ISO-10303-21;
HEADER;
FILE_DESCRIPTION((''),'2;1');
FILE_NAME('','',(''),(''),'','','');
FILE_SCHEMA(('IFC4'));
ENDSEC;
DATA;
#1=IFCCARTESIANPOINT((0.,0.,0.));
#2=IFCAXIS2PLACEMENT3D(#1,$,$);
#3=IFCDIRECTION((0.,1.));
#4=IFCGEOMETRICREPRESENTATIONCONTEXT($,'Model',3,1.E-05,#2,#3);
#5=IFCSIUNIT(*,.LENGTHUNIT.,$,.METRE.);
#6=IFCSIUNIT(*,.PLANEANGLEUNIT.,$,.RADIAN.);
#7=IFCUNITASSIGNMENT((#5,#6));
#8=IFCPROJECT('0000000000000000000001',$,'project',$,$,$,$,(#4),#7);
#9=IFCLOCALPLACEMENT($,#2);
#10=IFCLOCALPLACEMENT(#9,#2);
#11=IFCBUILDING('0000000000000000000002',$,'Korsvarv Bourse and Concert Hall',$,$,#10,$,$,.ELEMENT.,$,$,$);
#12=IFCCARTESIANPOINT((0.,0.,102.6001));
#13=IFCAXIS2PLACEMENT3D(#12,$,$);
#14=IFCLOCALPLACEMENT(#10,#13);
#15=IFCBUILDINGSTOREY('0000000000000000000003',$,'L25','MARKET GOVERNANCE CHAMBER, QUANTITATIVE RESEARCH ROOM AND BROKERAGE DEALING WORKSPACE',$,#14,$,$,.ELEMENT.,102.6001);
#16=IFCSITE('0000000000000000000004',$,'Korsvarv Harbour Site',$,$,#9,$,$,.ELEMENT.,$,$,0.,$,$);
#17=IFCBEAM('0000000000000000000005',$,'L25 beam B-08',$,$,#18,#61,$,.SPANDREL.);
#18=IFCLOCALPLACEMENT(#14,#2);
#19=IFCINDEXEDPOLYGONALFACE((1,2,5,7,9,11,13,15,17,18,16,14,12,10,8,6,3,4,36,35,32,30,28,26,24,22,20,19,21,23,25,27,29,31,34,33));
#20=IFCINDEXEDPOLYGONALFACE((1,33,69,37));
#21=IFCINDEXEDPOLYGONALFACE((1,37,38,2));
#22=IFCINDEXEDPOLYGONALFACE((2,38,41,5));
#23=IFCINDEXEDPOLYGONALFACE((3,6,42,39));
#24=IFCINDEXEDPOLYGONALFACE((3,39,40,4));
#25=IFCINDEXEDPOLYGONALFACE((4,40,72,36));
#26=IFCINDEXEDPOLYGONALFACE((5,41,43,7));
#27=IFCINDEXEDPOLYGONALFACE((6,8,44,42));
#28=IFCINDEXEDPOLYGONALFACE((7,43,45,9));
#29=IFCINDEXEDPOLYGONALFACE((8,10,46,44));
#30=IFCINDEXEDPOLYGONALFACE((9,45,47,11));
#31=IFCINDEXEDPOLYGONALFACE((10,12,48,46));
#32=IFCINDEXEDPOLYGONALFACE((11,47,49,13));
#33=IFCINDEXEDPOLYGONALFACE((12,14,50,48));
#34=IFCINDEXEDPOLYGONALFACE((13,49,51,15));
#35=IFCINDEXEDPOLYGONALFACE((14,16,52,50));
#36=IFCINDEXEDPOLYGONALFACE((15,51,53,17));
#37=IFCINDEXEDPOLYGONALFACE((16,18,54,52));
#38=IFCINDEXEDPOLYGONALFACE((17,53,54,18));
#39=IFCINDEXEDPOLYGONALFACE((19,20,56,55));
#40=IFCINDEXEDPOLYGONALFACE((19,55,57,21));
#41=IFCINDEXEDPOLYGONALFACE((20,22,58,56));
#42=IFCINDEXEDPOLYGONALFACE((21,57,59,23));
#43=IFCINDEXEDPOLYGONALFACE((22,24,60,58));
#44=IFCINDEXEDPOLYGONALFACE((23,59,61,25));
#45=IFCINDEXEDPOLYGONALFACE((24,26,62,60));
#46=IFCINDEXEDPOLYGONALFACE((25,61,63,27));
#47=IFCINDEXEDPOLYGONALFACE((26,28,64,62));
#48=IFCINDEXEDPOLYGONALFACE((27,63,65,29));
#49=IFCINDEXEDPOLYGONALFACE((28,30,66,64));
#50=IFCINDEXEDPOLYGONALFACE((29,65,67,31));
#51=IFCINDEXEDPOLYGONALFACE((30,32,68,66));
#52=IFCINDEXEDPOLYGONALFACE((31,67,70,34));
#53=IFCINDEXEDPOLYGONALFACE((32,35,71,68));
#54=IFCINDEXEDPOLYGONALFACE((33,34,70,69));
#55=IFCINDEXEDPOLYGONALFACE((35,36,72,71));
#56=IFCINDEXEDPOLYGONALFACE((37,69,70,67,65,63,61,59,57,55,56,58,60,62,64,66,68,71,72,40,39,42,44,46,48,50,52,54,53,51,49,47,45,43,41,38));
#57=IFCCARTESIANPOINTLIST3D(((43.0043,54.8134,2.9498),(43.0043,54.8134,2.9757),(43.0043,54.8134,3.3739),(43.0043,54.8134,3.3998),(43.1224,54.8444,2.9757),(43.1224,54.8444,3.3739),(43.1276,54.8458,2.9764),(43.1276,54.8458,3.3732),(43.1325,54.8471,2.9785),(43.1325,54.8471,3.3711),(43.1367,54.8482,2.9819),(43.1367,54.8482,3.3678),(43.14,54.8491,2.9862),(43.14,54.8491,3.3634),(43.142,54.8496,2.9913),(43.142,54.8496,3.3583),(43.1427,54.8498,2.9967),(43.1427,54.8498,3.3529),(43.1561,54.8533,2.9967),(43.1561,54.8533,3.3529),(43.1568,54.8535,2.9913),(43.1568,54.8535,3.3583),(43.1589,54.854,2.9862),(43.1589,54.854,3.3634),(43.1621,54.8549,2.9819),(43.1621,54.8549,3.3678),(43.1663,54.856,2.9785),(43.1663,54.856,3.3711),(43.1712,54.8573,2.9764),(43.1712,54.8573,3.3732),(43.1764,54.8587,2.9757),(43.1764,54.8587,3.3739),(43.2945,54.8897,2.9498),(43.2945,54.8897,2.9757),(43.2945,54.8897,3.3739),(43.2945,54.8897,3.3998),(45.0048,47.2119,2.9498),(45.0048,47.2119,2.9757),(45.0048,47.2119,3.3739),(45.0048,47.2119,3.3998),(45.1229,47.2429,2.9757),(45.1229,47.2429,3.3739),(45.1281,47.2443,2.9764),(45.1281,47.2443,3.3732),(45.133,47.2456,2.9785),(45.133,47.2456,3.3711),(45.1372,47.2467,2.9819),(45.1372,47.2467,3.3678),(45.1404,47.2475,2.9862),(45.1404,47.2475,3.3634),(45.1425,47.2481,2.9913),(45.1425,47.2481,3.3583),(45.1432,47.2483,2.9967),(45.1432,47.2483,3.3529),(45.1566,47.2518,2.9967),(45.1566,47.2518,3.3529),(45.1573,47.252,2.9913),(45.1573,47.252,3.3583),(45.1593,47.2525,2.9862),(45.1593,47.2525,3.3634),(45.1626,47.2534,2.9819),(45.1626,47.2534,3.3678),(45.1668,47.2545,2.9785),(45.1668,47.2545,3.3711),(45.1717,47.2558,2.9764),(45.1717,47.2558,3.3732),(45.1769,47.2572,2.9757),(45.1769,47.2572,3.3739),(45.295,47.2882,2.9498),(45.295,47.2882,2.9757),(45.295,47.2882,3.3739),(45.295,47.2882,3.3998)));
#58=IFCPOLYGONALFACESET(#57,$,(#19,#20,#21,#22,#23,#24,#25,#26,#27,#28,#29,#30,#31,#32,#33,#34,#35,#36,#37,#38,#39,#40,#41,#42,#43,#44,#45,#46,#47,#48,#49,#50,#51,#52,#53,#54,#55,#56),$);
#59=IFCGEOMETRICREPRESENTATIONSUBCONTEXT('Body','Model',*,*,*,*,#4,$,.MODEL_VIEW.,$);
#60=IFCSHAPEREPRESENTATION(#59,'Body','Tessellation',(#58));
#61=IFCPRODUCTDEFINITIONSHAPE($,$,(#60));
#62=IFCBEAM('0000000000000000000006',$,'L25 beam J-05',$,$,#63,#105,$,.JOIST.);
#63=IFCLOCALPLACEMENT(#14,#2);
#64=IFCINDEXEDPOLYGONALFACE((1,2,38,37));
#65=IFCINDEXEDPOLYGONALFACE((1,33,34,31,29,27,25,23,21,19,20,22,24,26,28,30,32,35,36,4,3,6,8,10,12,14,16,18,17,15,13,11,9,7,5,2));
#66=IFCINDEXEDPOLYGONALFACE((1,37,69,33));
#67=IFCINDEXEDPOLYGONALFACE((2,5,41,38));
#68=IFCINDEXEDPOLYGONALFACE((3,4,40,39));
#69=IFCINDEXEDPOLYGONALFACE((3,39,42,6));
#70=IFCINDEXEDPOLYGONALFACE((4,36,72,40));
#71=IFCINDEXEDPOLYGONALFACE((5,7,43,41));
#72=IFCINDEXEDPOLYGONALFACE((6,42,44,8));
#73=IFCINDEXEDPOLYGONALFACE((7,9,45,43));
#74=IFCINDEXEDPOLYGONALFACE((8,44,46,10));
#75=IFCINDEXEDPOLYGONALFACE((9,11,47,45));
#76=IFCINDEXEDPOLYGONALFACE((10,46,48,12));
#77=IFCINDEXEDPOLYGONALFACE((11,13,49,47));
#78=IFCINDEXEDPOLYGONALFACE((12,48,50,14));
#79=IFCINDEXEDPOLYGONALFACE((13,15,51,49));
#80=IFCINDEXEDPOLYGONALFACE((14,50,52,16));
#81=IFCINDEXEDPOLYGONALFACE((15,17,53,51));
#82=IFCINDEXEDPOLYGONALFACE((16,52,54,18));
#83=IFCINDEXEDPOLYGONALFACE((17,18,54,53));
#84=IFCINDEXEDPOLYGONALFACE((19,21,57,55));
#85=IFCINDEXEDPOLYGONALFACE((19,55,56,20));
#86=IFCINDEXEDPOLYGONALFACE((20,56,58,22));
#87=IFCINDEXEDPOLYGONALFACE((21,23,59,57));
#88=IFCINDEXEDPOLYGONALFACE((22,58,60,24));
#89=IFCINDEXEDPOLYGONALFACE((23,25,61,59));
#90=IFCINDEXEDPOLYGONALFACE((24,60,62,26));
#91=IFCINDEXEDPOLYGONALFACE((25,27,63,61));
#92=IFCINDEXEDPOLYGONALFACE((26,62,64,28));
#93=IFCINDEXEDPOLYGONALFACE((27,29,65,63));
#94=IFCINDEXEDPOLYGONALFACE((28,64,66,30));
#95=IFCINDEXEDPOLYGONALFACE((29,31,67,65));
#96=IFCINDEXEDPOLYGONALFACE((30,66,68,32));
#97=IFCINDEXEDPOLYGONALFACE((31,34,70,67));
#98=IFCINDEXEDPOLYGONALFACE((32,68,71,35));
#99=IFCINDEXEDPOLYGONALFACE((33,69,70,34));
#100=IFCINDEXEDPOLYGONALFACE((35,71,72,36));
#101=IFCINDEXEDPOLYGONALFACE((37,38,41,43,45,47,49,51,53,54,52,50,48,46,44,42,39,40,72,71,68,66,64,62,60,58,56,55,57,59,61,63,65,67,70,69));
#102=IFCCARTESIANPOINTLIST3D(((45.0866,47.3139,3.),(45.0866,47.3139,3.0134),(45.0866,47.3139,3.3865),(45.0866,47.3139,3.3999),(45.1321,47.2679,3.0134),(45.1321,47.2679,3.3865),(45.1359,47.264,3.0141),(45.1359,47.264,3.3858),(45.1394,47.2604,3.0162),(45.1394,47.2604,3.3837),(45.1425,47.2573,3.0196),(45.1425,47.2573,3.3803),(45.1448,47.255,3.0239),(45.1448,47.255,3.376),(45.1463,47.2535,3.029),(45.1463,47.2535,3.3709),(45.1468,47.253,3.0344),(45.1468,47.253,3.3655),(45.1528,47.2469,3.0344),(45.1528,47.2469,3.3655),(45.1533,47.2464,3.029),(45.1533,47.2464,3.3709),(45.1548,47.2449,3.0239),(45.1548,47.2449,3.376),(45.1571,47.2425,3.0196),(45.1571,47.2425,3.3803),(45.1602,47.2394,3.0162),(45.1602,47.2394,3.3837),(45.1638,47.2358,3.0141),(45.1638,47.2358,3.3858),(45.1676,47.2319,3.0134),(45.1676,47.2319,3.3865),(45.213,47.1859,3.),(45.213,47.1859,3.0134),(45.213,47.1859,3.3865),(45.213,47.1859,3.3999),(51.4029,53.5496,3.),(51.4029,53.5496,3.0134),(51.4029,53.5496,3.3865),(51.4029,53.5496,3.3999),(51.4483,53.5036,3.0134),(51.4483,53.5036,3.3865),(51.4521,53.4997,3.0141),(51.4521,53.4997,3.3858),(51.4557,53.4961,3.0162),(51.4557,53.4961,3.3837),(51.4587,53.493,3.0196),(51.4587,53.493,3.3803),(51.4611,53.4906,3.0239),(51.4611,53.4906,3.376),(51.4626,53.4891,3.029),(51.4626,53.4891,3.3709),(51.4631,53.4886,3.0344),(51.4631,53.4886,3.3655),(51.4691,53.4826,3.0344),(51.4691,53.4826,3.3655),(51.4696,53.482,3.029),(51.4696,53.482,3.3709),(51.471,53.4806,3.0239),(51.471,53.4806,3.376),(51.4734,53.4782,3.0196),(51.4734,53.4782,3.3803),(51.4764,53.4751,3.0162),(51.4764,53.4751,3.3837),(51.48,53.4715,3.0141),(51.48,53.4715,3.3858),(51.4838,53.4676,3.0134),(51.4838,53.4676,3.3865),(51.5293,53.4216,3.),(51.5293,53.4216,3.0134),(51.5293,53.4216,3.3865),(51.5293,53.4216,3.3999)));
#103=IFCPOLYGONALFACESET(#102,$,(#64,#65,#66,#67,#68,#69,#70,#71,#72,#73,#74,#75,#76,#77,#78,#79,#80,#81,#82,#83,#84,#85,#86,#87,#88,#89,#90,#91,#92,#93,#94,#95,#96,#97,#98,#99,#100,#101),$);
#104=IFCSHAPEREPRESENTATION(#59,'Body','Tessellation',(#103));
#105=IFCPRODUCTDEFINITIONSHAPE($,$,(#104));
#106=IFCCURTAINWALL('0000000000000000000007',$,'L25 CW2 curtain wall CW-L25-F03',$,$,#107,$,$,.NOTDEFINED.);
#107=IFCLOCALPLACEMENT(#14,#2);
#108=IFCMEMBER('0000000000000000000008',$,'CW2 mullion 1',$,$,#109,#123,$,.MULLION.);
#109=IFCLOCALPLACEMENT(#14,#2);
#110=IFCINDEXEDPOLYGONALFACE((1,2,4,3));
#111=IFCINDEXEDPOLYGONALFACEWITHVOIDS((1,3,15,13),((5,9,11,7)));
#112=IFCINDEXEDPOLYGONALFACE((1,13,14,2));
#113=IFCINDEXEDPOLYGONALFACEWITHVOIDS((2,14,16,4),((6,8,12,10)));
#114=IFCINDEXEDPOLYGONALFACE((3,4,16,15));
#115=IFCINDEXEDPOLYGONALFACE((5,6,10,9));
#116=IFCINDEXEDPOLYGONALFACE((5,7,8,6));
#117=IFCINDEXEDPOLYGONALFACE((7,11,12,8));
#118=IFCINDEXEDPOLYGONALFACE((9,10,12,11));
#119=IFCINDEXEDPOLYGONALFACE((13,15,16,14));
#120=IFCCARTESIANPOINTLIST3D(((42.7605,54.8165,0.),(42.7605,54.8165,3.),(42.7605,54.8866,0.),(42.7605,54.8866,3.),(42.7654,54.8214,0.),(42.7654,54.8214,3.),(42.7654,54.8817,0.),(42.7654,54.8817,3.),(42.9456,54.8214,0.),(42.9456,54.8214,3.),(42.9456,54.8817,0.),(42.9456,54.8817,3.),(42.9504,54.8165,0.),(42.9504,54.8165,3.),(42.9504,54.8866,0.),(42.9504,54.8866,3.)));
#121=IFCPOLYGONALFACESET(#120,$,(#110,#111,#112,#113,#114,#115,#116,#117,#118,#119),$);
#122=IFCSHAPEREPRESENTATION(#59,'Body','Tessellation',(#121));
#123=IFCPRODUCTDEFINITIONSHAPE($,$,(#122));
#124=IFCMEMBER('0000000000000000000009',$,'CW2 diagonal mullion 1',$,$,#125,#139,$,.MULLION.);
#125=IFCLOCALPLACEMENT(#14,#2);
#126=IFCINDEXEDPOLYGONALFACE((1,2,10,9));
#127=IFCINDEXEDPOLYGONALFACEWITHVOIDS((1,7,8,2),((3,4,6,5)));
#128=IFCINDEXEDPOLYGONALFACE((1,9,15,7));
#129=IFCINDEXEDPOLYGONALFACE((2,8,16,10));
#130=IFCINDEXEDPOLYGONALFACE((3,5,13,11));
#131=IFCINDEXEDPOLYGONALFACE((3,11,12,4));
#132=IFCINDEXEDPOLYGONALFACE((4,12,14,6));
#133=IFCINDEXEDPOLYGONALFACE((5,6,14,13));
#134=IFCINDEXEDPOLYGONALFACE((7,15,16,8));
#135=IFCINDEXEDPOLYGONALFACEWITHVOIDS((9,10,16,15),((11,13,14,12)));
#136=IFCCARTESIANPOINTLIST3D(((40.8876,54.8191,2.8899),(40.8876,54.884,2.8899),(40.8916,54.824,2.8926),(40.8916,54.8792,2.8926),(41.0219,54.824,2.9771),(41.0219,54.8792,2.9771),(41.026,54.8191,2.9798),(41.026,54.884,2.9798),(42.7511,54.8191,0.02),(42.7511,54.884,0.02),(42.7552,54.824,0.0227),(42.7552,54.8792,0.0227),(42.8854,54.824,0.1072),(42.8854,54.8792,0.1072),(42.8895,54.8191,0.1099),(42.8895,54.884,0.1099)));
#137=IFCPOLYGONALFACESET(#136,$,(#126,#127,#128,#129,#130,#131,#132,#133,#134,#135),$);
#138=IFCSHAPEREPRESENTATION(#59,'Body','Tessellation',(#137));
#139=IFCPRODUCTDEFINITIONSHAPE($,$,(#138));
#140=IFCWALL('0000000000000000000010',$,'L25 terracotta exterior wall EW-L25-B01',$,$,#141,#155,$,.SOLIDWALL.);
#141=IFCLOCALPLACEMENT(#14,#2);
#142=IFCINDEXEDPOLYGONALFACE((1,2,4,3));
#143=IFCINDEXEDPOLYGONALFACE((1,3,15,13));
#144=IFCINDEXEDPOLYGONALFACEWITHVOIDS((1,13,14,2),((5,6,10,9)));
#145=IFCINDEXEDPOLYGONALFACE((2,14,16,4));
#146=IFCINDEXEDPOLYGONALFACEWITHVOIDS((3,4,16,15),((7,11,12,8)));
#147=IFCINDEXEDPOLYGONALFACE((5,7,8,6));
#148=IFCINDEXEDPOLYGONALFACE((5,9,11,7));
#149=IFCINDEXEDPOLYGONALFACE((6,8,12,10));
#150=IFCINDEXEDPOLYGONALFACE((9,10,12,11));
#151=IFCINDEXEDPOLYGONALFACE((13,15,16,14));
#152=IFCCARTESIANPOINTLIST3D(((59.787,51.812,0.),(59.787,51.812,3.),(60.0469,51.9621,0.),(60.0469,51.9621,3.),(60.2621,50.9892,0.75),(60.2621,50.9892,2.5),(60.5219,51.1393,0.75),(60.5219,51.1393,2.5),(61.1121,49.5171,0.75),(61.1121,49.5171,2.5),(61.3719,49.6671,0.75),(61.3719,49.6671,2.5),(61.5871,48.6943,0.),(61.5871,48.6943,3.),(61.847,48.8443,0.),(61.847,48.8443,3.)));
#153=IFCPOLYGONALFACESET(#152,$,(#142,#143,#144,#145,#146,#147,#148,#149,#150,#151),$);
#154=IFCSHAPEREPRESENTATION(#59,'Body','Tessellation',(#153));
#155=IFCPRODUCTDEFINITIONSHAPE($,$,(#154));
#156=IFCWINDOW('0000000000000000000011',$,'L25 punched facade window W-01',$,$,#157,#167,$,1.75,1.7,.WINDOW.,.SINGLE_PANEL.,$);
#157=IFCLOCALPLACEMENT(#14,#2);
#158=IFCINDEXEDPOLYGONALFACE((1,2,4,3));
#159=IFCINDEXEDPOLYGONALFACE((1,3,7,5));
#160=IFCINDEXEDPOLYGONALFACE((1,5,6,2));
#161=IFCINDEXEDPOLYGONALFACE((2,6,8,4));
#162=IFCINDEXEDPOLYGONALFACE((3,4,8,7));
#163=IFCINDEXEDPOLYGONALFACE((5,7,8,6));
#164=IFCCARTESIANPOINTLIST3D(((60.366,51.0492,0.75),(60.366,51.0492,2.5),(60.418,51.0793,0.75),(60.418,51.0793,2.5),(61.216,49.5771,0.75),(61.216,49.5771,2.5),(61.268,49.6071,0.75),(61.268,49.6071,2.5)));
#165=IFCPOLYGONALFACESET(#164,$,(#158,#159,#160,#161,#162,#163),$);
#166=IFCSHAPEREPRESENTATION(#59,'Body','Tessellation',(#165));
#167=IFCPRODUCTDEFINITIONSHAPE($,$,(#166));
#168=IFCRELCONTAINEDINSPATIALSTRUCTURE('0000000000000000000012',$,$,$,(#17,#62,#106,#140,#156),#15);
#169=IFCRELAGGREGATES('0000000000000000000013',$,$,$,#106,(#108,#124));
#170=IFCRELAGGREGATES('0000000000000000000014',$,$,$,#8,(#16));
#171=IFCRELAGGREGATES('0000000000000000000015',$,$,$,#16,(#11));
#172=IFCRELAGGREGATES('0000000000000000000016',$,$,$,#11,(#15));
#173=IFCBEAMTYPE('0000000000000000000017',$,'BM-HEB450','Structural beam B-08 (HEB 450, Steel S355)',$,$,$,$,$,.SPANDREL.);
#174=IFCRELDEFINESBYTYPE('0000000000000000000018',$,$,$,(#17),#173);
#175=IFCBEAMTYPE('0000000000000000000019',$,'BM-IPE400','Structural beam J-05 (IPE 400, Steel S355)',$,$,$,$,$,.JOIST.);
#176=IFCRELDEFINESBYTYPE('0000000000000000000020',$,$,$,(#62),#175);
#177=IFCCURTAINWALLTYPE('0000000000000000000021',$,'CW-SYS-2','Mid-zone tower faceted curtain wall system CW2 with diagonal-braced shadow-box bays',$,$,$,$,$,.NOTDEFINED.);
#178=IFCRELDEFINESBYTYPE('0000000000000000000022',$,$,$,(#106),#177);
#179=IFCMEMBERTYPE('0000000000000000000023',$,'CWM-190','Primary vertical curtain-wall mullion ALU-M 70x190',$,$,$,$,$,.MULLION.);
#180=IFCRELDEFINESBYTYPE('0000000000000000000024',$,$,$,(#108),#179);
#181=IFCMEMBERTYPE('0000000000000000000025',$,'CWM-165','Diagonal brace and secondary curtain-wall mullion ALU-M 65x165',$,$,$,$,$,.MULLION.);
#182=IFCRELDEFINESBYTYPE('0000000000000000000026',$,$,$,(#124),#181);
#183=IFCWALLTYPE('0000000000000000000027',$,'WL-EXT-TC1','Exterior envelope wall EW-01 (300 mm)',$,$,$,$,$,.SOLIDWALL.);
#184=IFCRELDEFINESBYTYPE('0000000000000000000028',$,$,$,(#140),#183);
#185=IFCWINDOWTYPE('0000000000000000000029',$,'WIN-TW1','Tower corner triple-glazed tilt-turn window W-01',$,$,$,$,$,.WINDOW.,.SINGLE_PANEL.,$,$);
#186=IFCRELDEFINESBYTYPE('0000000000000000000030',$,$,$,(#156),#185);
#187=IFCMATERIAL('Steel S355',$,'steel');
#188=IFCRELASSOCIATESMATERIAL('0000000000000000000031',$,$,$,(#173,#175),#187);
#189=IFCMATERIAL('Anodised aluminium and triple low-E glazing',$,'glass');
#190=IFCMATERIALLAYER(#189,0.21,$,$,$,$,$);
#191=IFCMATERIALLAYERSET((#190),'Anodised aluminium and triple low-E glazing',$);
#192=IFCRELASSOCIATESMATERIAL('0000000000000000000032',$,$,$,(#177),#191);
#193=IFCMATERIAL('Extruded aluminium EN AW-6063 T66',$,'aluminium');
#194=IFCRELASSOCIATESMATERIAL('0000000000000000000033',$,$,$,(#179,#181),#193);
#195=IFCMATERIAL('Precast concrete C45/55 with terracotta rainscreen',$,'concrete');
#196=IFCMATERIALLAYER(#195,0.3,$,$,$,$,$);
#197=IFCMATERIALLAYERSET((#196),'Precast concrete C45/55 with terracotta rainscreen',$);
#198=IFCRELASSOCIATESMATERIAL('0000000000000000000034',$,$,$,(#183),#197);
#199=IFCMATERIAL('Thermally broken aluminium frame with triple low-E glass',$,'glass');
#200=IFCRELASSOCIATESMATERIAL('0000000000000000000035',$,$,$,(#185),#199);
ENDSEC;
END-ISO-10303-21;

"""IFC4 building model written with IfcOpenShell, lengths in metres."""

from ifc_helpers import new_model, si_unit, direction, frame, frame_2d, origin, origin_2d, place, context, subcontext, project, spatial, rectangle, hollow_rectangle, i_section, extrude, source, transform, mapped, material, layer, layer_set, material_profile, profile_set, type_object, element, fill, aggregate, save


model = new_model("IFC4")

# Units and contexts
model_context = context("Model", 3, precision=1e-05, world=origin(), true_north=direction((0.0, 1.0)))
body_context = subcontext(model_context, "Body", "Model", "MODEL_VIEW")
ifc_project = project(units=[si_unit("LENGTHUNIT", "METRE"), si_unit("PLANEANGLEUNIT", "RADIAN")], contexts=[model_context])

# Site, building, storey
site_placement = place(None, origin())
site = spatial("IfcSite", under=ifc_project, at=site_placement, Name="Korsvarv Harbour Site", CompositionType="ELEMENT", RefElevation=0.0)
building_placement = place(site_placement, origin())
building = spatial("IfcBuilding", under=site, at=building_placement, Name="Korsvarv Bourse and Concert Hall", CompositionType="ELEMENT")
storey_placement = place(building_placement, frame((0.0, 0.0, 102.6001)))
storey = spatial("IfcBuildingStorey", under=building, at=storey_placement, Name="L25", Description="MARKET GOVERNANCE CHAMBER, QUANTITATIVE RESEARCH ROOM AND BROKERAGE DEALING WORKSPACE", CompositionType="ELEMENT", Elevation=102.6001)

# Beams
ifc_material_1 = material(Name="Steel S355", Category="steel")
ifc_material_profile_1 = material_profile(ifc_material_1, i_section(OverallWidth=0.3, OverallDepth=0.45, WebThickness=0.0139, FlangeThickness=0.0259, FilletRadius=0.021, at=origin_2d()), Name="HEB 450")
ifc_profile_set_1 = profile_set([ifc_material_profile_1], Name="Steel S355")
beam_type_1 = type_object("IfcBeamType", Name="BM-HEB450", Description="Structural beam B-08 (HEB 450, Steel S355)", PredefinedType="SPANDREL", material=ifc_profile_set_1)
shared_shape_1 = source(origin(), body_context, "Body", "SweptSolid", [
    extrude(i_section(OverallWidth=0.3, OverallDepth=0.45, WebThickness=0.0139, FlangeThickness=0.0259, FilletRadius=0.021, at=origin_2d()), origin(), (0.0, 0.0, 1.0), 7.8604),
])
beam_1_placement = place(storey_placement, frame((43.1494, 54.8516, 3.1748), z_axis=(0.254502, -0.967072, 0.0), x_axis=(0.967072, 0.254502, 0.0)))
element("IfcBeam", 1, at=beam_1_placement, inside=storey, type_object=beam_type_1, Name="L25 beam B-08", PredefinedType="SPANDREL", context=body_context, shape_type="MappedRepresentation", body=[
    mapped(shared_shape_1, transform((0.0, 0.0, 0.0), scale=1.0)),
])
ifc_material_profile_2 = material_profile(ifc_material_1, i_section(OverallWidth=0.1799, OverallDepth=0.3999, WebThickness=0.0085, FlangeThickness=0.0134, FilletRadius=0.021, at=origin_2d()), Name="IPE 400")
ifc_profile_set_2 = profile_set([ifc_material_profile_2], Name="Steel S355")
beam_type_2 = type_object("IfcBeamType", Name="BM-IPE400", Description="Structural beam J-05 (IPE 400, Steel S355)", PredefinedType="JOIST", material=ifc_profile_set_2)
shared_shape_2 = source(origin(), body_context, "Body", "SweptSolid", [
    extrude(i_section(OverallWidth=0.1799, OverallDepth=0.3999, WebThickness=0.0085, FlangeThickness=0.0134, FilletRadius=0.021, at=origin_2d()), origin(), (0.0, 0.0, 1.0), 8.8757),
])
beam_2_placement = place(storey_placement, frame((51.4661, 53.4856, 3.2), z_axis=(-0.711631, -0.702554, 0.0), x_axis=(0.702554, -0.711631, 0.0)))
element("IfcBeam", 2, at=beam_2_placement, inside=storey, type_object=beam_type_2, Name="L25 beam J-05", PredefinedType="JOIST", context=body_context, shape_type="MappedRepresentation", body=[
    mapped(shared_shape_2, transform((0.0, 0.0, 0.0), scale=1.0)),
])

# Curtain wall, members
ifc_material_2 = material(Name="Anodised aluminium and triple low-E glazing", Category="glass")
ifc_layer_1 = layer(ifc_material_2, 0.21)
ifc_layer_set_1 = layer_set([ifc_layer_1], Name="Anodised aluminium and triple low-E glazing")
curtain_wall_type = type_object("IfcCurtainWallType", Name="CW-SYS-2", Description="Mid-zone tower faceted curtain wall system CW2 with diagonal-braced shadow-box bays", PredefinedType="NOTDEFINED", material=ifc_layer_set_1)
curtain_wall_placement = place(storey_placement, origin())
curtain_wall = element("IfcCurtainWall", 3, at=curtain_wall_placement, inside=storey, type_object=curtain_wall_type, Name="L25 CW2 curtain wall CW-L25-F03", PredefinedType="NOTDEFINED")
ifc_material_3 = material(Name="Extruded aluminium EN AW-6063 T66", Category="aluminium")
ifc_material_profile_3 = material_profile(ifc_material_3, hollow_rectangle(XDim=0.0701, YDim=0.1899, WallThickness=0.0049, at=origin_2d()), Name="ALU-M 70x190")
ifc_profile_set_3 = profile_set([ifc_material_profile_3], Name="Extruded aluminium EN AW-6063 T66")
member_type_1 = type_object("IfcMemberType", Name="CWM-190", Description="Primary vertical curtain-wall mullion ALU-M 70x190", PredefinedType="MULLION", material=ifc_profile_set_3)
shared_shape_3 = source(origin(), body_context, "Body", "SweptSolid", [
    extrude(hollow_rectangle(XDim=0.0701, YDim=0.1899, WallThickness=0.0049, at=origin_2d()), origin(), (0.0, 0.0, 1.0), 3.0),
])
member_1_placement = place(storey_placement, frame((42.8555, 54.8516, 0.0), z_axis=(0.0, 0.0, 1.0), x_axis=(0.0, -1.0, 0.0)))
member_1 = element("IfcMember", 4, at=member_1_placement, type_object=member_type_1, Name="CW2 mullion 1", PredefinedType="MULLION", context=body_context, shape_type="MappedRepresentation", body=[
    mapped(shared_shape_3, transform((0.0, 0.0, 0.0), scale=1.0)),
])
ifc_material_profile_4 = material_profile(ifc_material_3, hollow_rectangle(XDim=0.0649, YDim=0.165, WallThickness=0.0049, at=origin_2d()), Name="ALU-M 65x165")
ifc_profile_set_4 = profile_set([ifc_material_profile_4], Name="Extruded aluminium EN AW-6063 T66")
member_type_2 = type_object("IfcMemberType", Name="CWM-165", Description="Diagonal brace and secondary curtain-wall mullion ALU-M 65x165", PredefinedType="MULLION", material=ifc_profile_set_4)
shared_shape_4 = source(origin(), body_context, "Body", "SweptSolid", [
    extrude(hollow_rectangle(XDim=0.0649, YDim=0.165, WallThickness=0.0049, at=origin_2d()), origin(), (0.0, 0.0, 1.0), 3.4219),
])
member_2_placement = place(storey_placement, frame((42.8203, 54.8516, 0.0649), z_axis=(-0.5446, 0.0, 0.838696), x_axis=(0.0, -1.0, 0.0)))
member_2 = element("IfcMember", 5, at=member_2_placement, type_object=member_type_2, Name="CW2 diagonal mullion 1", PredefinedType="MULLION", context=body_context, shape_type="MappedRepresentation", body=[
    mapped(shared_shape_4, transform((0.0, 0.0, 0.0), scale=1.0)),
])
aggregate(curtain_wall, [member_1, member_2])

# Wall, opening, window
ifc_material_4 = material(Name="Precast concrete C45/55 with terracotta rainscreen", Category="concrete")
ifc_layer_2 = layer(ifc_material_4, 0.3)
ifc_layer_set_2 = layer_set([ifc_layer_2], Name="Precast concrete C45/55 with terracotta rainscreen")
wall_type_1 = type_object("IfcWallType", Name="WL-EXT-TC1", Description="Exterior envelope wall EW-01 (300 mm)", PredefinedType="SOLIDWALL", material=ifc_layer_set_2)
wall_1_placement = place(storey_placement, frame((61.717, 48.7693, 0.0), z_axis=(0.0, 0.0, 1.0), x_axis=(-0.500012, 0.866018, 0.0)))
wall_1 = element("IfcWall", 6, at=wall_1_placement, inside=storey, type_object=wall_type_1, Name="L25 terracotta exterior wall EW-L25-B01", PredefinedType="SOLIDWALL", context=body_context, shape_type="SweptSolid", body=[
    extrude(rectangle(XDim=3.6001, YDim=0.3, at=frame_2d((1.8, 0.0))), origin(), (0.0, 0.0, 1.0), 3.0),
])
opening_placement = place(wall_1_placement, frame((0.95, 0.0, 0.75)))
opening = element("IfcOpeningElement", 7, at=opening_placement, cuts=wall_1, PredefinedType="OPENING", context=body_context, shape_type="SweptSolid", body=[
    extrude(rectangle(XDim=1.7, YDim=1.75, at=frame_2d((0.8501, 0.875))), frame((0.0, 0.1602, 0.0), z_axis=(0.0, -1.0, 0.0), x_axis=(1.0, 0.0, 0.0)), (0.0, 0.0, 1.0), 0.3201),
])
ifc_material_5 = material(Name="Thermally broken aluminium frame with triple low-E glass", Category="glass")
window_type = type_object("IfcWindowType", Name="WIN-TW1", Description="Tower corner triple-glazed tilt-turn window W-01", PartitioningType="SINGLE_PANEL", PredefinedType="WINDOW", material=ifc_material_5)
window_placement = place(opening_placement, origin())
window = element("IfcWindow", 8, at=window_placement, inside=storey, type_object=window_type, Name="L25 punched facade window W-01", OverallHeight=1.75, OverallWidth=1.7, PartitioningType="SINGLE_PANEL", PredefinedType="WINDOW", context=body_context, shape_type="SweptSolid", body=[
    extrude(rectangle(XDim=1.7, YDim=1.75, at=frame_2d((0.8501, 0.875))), frame((0.0, 0.03, 0.0), z_axis=(0.0, -1.0, 0.0), x_axis=(1.0, 0.0, 0.0)), (0.0, 0.0, 1.0), 0.0601),
])
fill(opening, window)

save(model, "model.ifc")
